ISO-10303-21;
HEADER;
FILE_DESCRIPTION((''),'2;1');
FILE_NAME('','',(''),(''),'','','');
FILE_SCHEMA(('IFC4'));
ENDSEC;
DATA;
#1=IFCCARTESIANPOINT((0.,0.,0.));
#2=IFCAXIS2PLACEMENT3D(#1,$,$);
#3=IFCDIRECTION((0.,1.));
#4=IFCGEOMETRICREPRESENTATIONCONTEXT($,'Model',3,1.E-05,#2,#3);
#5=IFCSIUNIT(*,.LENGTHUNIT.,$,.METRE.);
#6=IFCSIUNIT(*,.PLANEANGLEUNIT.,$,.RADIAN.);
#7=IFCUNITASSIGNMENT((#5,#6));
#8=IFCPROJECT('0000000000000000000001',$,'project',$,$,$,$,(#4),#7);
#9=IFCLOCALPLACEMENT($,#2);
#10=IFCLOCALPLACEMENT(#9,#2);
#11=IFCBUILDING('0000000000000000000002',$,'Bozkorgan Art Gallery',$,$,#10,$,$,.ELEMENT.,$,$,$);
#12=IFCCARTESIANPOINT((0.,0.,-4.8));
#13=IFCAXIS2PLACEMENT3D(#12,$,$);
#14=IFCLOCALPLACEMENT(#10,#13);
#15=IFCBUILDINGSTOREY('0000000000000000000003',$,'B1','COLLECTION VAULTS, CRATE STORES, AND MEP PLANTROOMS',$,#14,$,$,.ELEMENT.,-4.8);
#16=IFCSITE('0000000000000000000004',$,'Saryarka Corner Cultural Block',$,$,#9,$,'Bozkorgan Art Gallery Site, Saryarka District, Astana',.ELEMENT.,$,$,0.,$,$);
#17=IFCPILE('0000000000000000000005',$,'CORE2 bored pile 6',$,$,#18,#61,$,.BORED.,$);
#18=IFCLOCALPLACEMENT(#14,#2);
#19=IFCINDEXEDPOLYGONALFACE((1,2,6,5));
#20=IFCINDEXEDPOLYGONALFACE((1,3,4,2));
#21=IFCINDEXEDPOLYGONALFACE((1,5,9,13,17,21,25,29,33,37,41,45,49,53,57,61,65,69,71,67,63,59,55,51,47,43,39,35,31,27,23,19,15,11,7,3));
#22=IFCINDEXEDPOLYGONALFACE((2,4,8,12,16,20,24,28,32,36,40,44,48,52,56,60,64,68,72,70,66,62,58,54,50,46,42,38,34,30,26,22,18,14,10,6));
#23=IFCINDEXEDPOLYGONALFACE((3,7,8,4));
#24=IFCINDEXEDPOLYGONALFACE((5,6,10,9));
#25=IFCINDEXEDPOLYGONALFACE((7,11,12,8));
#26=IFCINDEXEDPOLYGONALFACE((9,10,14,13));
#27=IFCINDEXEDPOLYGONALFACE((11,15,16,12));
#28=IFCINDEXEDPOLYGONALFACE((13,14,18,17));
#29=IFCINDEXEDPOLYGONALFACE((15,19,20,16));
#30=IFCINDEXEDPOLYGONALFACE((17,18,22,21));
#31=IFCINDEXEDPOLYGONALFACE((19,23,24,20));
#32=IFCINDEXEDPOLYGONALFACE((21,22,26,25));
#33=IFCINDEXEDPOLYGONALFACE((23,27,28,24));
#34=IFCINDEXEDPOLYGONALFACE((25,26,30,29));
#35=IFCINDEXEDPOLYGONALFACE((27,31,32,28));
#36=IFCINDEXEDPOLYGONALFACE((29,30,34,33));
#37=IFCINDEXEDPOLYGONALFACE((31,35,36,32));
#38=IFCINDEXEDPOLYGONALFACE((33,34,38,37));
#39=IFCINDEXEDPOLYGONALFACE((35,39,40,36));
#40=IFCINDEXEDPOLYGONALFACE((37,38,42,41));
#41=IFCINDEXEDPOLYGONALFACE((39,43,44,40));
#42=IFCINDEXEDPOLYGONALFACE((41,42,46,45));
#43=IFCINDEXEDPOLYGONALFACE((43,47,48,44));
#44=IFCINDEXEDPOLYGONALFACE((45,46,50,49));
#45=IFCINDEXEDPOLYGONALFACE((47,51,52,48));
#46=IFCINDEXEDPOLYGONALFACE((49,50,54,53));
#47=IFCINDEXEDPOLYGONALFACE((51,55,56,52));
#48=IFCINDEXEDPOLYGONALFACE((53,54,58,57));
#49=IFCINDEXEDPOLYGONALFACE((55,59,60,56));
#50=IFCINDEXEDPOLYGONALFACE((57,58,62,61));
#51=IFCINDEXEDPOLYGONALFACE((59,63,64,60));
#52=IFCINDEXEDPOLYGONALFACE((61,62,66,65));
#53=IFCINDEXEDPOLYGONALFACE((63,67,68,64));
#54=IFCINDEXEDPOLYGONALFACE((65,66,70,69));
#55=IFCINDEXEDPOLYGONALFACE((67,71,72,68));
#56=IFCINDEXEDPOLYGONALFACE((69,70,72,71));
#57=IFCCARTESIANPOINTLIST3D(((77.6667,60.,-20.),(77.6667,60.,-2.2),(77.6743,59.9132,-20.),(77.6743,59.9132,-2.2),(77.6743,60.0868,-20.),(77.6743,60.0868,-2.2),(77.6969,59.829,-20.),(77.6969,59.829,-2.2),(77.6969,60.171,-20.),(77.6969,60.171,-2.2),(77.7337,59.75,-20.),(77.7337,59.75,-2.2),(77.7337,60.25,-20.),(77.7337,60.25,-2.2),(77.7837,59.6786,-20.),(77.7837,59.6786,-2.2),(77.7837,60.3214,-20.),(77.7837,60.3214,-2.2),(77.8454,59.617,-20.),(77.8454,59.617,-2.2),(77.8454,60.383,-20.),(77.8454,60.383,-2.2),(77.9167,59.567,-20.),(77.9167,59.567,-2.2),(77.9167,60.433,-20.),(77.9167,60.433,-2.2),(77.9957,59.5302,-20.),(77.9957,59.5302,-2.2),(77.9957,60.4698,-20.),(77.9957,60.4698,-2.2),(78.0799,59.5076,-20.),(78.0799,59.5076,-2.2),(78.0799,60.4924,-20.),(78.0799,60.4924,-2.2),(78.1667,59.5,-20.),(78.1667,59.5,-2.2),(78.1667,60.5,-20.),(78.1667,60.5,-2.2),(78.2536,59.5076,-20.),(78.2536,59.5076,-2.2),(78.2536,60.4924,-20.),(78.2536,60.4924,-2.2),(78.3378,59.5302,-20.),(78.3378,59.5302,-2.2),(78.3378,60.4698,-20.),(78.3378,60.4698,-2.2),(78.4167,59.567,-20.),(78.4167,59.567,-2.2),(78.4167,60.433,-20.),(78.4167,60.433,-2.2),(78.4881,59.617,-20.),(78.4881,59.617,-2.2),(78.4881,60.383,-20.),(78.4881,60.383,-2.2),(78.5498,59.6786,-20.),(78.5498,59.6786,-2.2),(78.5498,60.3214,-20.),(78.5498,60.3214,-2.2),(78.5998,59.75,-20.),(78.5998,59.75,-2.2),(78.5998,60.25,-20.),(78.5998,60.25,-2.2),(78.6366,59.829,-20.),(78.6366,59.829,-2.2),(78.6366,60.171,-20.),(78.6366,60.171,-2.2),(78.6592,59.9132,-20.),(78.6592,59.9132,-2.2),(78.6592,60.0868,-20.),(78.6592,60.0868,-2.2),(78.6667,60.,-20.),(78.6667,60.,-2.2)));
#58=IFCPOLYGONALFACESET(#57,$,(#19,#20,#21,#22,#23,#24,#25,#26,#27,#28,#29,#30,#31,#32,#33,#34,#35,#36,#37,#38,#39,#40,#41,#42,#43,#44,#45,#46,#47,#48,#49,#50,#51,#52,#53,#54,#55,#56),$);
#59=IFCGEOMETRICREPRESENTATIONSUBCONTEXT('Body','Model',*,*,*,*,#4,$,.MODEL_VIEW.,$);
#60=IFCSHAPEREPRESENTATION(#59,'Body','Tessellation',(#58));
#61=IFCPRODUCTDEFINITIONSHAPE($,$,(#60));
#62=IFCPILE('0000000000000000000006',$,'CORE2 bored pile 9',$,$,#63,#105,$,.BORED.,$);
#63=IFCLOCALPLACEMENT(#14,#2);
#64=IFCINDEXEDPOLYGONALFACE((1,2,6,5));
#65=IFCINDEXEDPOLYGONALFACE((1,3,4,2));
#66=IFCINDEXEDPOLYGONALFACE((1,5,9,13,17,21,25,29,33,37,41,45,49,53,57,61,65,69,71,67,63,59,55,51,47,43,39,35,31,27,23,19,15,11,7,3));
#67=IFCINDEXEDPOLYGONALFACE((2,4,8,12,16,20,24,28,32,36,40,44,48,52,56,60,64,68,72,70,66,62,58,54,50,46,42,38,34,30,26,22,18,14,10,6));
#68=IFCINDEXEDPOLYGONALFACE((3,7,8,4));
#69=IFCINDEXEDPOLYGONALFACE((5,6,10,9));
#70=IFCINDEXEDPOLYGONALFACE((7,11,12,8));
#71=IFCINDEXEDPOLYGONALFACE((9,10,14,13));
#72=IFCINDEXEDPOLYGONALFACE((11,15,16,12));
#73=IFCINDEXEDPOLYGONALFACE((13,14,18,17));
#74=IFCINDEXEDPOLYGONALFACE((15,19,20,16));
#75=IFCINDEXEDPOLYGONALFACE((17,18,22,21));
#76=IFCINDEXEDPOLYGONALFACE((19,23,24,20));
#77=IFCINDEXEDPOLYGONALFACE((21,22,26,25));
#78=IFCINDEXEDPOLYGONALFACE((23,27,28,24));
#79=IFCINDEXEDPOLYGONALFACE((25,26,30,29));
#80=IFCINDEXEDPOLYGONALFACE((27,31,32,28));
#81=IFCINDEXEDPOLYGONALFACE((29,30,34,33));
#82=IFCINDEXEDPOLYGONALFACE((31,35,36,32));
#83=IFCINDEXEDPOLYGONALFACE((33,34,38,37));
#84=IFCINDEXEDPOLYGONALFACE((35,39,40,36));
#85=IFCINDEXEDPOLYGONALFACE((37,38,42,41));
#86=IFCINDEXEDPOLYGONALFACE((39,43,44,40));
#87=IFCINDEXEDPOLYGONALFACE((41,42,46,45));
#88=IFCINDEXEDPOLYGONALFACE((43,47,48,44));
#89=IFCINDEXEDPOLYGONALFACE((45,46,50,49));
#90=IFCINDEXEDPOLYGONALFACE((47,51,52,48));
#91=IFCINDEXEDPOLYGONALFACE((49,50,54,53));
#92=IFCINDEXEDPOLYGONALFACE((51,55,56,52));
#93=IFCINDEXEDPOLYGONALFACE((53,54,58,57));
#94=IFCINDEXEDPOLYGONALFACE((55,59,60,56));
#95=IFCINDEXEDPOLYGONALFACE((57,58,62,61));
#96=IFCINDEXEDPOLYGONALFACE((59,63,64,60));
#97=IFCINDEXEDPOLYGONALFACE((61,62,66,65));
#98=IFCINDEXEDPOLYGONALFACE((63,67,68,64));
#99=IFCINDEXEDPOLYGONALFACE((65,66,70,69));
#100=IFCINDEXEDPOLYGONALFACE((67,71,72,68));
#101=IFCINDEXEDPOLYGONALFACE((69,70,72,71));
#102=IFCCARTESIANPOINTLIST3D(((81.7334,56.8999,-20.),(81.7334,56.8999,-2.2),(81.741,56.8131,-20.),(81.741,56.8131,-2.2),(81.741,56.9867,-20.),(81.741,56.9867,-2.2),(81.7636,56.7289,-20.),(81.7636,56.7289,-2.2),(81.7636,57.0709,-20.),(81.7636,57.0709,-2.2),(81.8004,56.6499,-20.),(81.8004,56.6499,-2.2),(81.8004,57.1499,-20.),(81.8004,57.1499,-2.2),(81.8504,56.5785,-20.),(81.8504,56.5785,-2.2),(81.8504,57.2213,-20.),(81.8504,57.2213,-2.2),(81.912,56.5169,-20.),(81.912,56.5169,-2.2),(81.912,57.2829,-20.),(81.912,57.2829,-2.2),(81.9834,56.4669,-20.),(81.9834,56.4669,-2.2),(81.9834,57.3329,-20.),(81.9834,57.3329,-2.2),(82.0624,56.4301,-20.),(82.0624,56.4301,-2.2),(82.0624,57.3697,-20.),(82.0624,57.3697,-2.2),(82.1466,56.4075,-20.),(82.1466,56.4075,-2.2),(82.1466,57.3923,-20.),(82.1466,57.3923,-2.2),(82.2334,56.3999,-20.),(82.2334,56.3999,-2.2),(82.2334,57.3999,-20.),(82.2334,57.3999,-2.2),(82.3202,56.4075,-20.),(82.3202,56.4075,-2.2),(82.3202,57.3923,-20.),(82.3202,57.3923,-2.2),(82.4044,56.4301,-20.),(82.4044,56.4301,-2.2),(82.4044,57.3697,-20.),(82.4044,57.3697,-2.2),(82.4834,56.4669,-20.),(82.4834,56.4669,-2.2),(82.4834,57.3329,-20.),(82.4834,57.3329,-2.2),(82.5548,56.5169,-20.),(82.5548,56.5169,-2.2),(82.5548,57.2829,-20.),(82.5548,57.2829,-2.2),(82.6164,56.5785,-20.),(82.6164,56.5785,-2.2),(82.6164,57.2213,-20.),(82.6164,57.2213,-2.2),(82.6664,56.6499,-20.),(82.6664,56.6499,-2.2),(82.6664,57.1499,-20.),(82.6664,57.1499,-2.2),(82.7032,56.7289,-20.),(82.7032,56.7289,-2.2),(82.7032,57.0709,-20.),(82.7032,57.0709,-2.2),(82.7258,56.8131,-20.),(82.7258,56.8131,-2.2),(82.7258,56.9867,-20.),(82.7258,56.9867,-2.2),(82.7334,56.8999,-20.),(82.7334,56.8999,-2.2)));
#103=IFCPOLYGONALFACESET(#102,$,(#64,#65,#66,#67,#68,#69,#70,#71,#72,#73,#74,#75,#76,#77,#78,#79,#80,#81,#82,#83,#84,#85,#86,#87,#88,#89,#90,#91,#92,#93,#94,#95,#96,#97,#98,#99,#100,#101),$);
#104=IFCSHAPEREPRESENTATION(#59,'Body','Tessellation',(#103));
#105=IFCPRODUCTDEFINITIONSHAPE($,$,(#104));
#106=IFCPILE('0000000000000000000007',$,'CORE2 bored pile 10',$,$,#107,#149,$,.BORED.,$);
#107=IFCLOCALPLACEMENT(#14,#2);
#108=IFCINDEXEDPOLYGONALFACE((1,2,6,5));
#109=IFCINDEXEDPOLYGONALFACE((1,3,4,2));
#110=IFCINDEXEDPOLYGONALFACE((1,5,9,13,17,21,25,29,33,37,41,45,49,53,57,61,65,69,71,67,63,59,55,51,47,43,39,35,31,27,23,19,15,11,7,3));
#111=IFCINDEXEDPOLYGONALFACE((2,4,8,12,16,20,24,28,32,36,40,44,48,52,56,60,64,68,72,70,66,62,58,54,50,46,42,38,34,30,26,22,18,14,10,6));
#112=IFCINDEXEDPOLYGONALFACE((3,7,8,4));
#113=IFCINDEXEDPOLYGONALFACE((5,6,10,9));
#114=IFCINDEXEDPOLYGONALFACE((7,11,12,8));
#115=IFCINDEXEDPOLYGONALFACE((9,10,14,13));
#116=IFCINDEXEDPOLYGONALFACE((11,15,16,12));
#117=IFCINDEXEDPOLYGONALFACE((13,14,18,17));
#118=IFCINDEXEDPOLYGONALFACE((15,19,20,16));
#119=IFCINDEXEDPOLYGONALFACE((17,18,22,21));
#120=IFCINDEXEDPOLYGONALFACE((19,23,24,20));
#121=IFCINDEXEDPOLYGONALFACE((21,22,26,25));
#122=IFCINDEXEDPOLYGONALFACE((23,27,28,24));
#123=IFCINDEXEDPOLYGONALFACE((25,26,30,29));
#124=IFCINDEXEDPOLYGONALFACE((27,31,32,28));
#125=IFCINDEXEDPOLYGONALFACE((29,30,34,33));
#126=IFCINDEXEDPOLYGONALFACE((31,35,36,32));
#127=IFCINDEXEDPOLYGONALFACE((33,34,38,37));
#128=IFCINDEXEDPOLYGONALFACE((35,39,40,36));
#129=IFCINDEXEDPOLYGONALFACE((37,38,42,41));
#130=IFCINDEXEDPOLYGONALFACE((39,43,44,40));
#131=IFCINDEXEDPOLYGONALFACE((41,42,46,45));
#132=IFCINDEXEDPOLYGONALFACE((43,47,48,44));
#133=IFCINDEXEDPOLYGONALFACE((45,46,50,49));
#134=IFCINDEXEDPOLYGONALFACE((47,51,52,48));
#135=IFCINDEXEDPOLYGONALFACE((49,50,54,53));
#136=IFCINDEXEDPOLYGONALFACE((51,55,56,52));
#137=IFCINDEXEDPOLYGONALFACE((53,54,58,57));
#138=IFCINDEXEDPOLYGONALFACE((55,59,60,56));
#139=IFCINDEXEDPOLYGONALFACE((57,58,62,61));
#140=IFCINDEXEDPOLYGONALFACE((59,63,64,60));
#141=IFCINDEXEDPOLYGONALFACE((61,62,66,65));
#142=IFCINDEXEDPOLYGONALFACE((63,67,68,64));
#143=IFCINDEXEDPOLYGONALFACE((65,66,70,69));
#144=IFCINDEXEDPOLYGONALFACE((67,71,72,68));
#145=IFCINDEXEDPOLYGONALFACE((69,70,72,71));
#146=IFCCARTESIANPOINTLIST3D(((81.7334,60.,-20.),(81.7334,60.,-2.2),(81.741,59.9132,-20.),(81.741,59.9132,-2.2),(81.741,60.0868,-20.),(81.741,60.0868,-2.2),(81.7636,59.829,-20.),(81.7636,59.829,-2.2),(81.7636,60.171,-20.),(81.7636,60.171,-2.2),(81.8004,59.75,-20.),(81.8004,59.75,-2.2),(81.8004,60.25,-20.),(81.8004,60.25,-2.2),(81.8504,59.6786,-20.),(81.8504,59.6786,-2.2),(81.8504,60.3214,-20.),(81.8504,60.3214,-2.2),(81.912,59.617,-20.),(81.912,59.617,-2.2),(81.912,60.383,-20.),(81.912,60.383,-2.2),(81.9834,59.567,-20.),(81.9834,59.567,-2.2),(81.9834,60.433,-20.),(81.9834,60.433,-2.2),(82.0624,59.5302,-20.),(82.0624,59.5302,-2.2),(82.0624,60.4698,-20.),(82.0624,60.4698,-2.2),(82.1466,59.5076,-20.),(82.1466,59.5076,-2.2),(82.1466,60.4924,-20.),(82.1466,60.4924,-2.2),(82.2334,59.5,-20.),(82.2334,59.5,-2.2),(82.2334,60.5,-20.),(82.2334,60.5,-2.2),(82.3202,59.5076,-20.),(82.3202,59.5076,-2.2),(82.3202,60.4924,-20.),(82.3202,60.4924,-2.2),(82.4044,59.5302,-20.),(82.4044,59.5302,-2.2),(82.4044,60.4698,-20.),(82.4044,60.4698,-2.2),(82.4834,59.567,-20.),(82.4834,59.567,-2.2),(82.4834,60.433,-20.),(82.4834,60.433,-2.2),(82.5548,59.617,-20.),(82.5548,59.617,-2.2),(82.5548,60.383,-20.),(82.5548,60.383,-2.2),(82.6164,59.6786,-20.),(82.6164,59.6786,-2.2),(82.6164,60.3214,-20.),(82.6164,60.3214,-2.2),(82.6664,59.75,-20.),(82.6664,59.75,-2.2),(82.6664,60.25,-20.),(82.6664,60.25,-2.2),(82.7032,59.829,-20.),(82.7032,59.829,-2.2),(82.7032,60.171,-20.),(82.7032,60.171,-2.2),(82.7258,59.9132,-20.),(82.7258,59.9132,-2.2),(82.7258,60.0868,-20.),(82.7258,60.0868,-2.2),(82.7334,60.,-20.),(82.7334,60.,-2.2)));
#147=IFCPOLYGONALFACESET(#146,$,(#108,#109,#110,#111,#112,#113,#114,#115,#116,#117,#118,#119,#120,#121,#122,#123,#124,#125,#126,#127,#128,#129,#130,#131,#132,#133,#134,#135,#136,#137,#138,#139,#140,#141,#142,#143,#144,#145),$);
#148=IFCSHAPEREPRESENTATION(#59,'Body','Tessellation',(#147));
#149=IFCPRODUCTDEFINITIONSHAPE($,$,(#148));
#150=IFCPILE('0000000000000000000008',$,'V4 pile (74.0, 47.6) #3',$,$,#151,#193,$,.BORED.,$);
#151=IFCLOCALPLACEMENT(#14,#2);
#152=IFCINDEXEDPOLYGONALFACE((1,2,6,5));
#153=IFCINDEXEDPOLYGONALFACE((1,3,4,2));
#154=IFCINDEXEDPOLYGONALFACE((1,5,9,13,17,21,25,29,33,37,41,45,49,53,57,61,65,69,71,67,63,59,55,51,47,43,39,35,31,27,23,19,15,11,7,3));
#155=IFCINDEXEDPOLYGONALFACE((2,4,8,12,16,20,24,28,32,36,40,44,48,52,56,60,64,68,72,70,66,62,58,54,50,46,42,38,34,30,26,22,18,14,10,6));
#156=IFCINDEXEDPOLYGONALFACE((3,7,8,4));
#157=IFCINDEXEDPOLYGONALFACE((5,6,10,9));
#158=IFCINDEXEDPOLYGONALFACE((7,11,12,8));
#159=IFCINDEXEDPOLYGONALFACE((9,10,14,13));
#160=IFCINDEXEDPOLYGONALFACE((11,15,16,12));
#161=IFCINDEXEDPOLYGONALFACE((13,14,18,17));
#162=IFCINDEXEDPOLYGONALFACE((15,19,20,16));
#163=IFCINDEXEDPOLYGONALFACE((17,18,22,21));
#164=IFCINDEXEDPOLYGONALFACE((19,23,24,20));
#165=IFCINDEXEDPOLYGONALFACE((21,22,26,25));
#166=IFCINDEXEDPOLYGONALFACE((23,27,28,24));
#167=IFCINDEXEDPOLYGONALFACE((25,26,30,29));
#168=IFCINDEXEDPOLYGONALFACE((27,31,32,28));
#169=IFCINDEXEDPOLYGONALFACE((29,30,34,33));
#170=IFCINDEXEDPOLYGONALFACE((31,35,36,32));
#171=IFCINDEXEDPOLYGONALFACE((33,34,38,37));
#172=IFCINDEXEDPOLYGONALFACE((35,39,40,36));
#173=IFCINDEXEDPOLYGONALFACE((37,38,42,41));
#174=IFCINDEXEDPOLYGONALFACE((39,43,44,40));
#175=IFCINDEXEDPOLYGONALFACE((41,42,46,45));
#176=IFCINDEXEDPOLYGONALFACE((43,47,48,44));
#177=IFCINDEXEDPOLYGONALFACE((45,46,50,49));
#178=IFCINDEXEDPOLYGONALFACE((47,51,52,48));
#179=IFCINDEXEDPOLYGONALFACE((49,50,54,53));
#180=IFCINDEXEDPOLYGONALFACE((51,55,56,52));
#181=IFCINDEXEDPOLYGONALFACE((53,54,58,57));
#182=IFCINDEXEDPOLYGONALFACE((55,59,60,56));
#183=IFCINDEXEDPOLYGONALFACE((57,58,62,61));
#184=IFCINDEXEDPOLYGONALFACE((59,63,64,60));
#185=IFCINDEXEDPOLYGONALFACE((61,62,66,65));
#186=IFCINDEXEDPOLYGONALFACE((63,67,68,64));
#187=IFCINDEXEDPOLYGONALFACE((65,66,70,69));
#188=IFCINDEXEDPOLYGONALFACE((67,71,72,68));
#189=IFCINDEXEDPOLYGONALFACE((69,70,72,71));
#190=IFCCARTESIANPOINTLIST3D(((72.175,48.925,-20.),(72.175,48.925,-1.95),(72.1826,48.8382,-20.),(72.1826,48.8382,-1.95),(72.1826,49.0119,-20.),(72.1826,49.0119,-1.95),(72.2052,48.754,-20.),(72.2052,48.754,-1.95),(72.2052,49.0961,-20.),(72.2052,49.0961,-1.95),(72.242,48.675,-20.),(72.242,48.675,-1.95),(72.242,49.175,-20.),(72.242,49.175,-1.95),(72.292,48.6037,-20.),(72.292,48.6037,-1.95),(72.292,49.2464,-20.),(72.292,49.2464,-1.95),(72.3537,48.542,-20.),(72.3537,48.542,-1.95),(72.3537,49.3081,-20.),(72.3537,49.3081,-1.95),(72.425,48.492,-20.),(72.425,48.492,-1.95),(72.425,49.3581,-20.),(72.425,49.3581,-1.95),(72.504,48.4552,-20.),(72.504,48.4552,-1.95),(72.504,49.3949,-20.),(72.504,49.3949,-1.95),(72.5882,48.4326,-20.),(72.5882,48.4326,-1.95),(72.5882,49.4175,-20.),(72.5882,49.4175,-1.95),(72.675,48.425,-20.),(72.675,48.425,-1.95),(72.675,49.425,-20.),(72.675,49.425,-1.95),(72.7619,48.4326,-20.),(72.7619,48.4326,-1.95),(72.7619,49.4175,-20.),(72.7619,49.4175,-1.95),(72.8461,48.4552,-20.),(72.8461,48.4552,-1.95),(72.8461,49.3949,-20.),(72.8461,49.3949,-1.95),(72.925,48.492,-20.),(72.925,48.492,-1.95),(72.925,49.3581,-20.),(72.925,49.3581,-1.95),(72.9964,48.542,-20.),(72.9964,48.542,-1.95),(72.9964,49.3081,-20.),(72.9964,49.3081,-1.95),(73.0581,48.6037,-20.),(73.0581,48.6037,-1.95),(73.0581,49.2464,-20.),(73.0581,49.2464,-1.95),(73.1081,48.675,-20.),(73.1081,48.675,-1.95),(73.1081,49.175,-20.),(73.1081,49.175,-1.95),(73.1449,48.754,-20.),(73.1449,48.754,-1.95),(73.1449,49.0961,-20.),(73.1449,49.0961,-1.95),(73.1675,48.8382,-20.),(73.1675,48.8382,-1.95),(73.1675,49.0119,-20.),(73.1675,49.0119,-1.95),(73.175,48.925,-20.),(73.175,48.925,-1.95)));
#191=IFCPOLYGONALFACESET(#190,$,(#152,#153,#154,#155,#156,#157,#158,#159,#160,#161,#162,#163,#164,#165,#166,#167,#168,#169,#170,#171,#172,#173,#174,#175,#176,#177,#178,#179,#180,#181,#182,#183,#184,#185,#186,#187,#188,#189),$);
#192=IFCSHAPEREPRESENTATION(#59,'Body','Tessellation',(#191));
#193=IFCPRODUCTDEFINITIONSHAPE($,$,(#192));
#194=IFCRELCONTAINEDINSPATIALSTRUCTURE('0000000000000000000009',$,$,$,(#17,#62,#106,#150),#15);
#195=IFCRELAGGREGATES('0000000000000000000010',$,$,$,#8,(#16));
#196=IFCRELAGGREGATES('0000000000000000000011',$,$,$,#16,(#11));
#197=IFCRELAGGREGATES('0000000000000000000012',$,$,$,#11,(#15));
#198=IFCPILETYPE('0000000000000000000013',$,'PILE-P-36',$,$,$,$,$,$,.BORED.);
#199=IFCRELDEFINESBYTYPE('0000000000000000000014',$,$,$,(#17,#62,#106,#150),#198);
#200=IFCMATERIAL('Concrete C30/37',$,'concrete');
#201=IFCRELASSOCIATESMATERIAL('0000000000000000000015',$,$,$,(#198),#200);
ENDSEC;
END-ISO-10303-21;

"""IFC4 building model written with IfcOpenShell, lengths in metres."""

from ifc_helpers import new_model, si_unit, direction, frame, origin, origin_2d, place, context, subcontext, project, spatial, circle, extrude, material, material_profile, profile_set, type_object, element, save


model = new_model("IFC4")

# Units and contexts
model_context = context("Model", 3, precision=1e-05, world=origin(), true_north=direction((0.0, 1.0)))
body_context = subcontext(model_context, "Body", "Model", "MODEL_VIEW")
ifc_project = project(units=[si_unit("LENGTHUNIT", "METRE"), si_unit("PLANEANGLEUNIT", "RADIAN")], contexts=[model_context])

# Site, building, storey
site_placement = place(None, origin())
site = spatial("IfcSite", under=ifc_project, at=site_placement, Name="Saryarka Corner Cultural Block", LongName="Bozkorgan Art Gallery Site, Saryarka District, Astana", CompositionType="ELEMENT", RefElevation=0.0)
building_placement = place(site_placement, origin())
building = spatial("IfcBuilding", under=site, at=building_placement, Name="Bozkorgan Art Gallery", CompositionType="ELEMENT")
storey_placement = place(building_placement, frame((0.0, 0.0, -4.8)))
storey = spatial("IfcBuildingStorey", under=building, at=storey_placement, Name="B1", Description="COLLECTION VAULTS, CRATE STORES, AND MEP PLANTROOMS", CompositionType="ELEMENT", Elevation=-4.8)

# Shared definitions
ifc_material_1 = material(Name="Concrete C30/37", Category="concrete")

# Piles
ifc_material_profile_1 = material_profile(ifc_material_1, circle(Radius=0.5, at=origin_2d()), Name="PILE D1000")
ifc_profile_set_1 = profile_set([ifc_material_profile_1], Name="Concrete C30/37")
pile_type = type_object("IfcPileType", Name="PILE-P-36", PredefinedType="BORED", material=ifc_profile_set_1)
for number, where, z_axis, x_axis, name in (
    (1, (78.1667, 60.0, -2.2), (0.0, 0.0, -1.0), (1.0, 0.0, 0.0), "CORE2 bored pile 6"),
    (2, (82.2334, 56.8999, -2.2), (0.0, 0.0, -1.0), (1.0, 0.0, 0.0), "CORE2 bored pile 9"),
    (3, (82.2334, 60.0, -2.2), (0.0, 0.0, -1.0), (1.0, 0.0, 0.0), "CORE2 bored pile 10"),
):
    element("IfcPile", number, at=place(storey_placement, frame(where, z_axis=z_axis, x_axis=x_axis)), inside=storey, type_object=pile_type, Name=name, PredefinedType="BORED", context=body_context, shape_type="SweptSolid", body=[
        extrude(circle(Radius=0.5, at=origin_2d()), origin(), (0.0, 0.0, 1.0), 17.8),
    ])
for number, where, z_axis, x_axis, name in (
    (4, (72.675, 48.925, -1.95), (0.0, 0.0, -1.0), (1.0, 0.0, 0.0), "V4 pile (74.0, 47.6) #3"),
):
    element("IfcPile", number, at=place(storey_placement, frame(where, z_axis=z_axis, x_axis=x_axis)), inside=storey, type_object=pile_type, Name=name, PredefinedType="BORED", context=body_context, shape_type="SweptSolid", body=[
        extrude(circle(Radius=0.5, at=origin_2d()), origin(), (0.0, 0.0, 1.0), 18.05),
    ])

save(model, "model.ifc")
